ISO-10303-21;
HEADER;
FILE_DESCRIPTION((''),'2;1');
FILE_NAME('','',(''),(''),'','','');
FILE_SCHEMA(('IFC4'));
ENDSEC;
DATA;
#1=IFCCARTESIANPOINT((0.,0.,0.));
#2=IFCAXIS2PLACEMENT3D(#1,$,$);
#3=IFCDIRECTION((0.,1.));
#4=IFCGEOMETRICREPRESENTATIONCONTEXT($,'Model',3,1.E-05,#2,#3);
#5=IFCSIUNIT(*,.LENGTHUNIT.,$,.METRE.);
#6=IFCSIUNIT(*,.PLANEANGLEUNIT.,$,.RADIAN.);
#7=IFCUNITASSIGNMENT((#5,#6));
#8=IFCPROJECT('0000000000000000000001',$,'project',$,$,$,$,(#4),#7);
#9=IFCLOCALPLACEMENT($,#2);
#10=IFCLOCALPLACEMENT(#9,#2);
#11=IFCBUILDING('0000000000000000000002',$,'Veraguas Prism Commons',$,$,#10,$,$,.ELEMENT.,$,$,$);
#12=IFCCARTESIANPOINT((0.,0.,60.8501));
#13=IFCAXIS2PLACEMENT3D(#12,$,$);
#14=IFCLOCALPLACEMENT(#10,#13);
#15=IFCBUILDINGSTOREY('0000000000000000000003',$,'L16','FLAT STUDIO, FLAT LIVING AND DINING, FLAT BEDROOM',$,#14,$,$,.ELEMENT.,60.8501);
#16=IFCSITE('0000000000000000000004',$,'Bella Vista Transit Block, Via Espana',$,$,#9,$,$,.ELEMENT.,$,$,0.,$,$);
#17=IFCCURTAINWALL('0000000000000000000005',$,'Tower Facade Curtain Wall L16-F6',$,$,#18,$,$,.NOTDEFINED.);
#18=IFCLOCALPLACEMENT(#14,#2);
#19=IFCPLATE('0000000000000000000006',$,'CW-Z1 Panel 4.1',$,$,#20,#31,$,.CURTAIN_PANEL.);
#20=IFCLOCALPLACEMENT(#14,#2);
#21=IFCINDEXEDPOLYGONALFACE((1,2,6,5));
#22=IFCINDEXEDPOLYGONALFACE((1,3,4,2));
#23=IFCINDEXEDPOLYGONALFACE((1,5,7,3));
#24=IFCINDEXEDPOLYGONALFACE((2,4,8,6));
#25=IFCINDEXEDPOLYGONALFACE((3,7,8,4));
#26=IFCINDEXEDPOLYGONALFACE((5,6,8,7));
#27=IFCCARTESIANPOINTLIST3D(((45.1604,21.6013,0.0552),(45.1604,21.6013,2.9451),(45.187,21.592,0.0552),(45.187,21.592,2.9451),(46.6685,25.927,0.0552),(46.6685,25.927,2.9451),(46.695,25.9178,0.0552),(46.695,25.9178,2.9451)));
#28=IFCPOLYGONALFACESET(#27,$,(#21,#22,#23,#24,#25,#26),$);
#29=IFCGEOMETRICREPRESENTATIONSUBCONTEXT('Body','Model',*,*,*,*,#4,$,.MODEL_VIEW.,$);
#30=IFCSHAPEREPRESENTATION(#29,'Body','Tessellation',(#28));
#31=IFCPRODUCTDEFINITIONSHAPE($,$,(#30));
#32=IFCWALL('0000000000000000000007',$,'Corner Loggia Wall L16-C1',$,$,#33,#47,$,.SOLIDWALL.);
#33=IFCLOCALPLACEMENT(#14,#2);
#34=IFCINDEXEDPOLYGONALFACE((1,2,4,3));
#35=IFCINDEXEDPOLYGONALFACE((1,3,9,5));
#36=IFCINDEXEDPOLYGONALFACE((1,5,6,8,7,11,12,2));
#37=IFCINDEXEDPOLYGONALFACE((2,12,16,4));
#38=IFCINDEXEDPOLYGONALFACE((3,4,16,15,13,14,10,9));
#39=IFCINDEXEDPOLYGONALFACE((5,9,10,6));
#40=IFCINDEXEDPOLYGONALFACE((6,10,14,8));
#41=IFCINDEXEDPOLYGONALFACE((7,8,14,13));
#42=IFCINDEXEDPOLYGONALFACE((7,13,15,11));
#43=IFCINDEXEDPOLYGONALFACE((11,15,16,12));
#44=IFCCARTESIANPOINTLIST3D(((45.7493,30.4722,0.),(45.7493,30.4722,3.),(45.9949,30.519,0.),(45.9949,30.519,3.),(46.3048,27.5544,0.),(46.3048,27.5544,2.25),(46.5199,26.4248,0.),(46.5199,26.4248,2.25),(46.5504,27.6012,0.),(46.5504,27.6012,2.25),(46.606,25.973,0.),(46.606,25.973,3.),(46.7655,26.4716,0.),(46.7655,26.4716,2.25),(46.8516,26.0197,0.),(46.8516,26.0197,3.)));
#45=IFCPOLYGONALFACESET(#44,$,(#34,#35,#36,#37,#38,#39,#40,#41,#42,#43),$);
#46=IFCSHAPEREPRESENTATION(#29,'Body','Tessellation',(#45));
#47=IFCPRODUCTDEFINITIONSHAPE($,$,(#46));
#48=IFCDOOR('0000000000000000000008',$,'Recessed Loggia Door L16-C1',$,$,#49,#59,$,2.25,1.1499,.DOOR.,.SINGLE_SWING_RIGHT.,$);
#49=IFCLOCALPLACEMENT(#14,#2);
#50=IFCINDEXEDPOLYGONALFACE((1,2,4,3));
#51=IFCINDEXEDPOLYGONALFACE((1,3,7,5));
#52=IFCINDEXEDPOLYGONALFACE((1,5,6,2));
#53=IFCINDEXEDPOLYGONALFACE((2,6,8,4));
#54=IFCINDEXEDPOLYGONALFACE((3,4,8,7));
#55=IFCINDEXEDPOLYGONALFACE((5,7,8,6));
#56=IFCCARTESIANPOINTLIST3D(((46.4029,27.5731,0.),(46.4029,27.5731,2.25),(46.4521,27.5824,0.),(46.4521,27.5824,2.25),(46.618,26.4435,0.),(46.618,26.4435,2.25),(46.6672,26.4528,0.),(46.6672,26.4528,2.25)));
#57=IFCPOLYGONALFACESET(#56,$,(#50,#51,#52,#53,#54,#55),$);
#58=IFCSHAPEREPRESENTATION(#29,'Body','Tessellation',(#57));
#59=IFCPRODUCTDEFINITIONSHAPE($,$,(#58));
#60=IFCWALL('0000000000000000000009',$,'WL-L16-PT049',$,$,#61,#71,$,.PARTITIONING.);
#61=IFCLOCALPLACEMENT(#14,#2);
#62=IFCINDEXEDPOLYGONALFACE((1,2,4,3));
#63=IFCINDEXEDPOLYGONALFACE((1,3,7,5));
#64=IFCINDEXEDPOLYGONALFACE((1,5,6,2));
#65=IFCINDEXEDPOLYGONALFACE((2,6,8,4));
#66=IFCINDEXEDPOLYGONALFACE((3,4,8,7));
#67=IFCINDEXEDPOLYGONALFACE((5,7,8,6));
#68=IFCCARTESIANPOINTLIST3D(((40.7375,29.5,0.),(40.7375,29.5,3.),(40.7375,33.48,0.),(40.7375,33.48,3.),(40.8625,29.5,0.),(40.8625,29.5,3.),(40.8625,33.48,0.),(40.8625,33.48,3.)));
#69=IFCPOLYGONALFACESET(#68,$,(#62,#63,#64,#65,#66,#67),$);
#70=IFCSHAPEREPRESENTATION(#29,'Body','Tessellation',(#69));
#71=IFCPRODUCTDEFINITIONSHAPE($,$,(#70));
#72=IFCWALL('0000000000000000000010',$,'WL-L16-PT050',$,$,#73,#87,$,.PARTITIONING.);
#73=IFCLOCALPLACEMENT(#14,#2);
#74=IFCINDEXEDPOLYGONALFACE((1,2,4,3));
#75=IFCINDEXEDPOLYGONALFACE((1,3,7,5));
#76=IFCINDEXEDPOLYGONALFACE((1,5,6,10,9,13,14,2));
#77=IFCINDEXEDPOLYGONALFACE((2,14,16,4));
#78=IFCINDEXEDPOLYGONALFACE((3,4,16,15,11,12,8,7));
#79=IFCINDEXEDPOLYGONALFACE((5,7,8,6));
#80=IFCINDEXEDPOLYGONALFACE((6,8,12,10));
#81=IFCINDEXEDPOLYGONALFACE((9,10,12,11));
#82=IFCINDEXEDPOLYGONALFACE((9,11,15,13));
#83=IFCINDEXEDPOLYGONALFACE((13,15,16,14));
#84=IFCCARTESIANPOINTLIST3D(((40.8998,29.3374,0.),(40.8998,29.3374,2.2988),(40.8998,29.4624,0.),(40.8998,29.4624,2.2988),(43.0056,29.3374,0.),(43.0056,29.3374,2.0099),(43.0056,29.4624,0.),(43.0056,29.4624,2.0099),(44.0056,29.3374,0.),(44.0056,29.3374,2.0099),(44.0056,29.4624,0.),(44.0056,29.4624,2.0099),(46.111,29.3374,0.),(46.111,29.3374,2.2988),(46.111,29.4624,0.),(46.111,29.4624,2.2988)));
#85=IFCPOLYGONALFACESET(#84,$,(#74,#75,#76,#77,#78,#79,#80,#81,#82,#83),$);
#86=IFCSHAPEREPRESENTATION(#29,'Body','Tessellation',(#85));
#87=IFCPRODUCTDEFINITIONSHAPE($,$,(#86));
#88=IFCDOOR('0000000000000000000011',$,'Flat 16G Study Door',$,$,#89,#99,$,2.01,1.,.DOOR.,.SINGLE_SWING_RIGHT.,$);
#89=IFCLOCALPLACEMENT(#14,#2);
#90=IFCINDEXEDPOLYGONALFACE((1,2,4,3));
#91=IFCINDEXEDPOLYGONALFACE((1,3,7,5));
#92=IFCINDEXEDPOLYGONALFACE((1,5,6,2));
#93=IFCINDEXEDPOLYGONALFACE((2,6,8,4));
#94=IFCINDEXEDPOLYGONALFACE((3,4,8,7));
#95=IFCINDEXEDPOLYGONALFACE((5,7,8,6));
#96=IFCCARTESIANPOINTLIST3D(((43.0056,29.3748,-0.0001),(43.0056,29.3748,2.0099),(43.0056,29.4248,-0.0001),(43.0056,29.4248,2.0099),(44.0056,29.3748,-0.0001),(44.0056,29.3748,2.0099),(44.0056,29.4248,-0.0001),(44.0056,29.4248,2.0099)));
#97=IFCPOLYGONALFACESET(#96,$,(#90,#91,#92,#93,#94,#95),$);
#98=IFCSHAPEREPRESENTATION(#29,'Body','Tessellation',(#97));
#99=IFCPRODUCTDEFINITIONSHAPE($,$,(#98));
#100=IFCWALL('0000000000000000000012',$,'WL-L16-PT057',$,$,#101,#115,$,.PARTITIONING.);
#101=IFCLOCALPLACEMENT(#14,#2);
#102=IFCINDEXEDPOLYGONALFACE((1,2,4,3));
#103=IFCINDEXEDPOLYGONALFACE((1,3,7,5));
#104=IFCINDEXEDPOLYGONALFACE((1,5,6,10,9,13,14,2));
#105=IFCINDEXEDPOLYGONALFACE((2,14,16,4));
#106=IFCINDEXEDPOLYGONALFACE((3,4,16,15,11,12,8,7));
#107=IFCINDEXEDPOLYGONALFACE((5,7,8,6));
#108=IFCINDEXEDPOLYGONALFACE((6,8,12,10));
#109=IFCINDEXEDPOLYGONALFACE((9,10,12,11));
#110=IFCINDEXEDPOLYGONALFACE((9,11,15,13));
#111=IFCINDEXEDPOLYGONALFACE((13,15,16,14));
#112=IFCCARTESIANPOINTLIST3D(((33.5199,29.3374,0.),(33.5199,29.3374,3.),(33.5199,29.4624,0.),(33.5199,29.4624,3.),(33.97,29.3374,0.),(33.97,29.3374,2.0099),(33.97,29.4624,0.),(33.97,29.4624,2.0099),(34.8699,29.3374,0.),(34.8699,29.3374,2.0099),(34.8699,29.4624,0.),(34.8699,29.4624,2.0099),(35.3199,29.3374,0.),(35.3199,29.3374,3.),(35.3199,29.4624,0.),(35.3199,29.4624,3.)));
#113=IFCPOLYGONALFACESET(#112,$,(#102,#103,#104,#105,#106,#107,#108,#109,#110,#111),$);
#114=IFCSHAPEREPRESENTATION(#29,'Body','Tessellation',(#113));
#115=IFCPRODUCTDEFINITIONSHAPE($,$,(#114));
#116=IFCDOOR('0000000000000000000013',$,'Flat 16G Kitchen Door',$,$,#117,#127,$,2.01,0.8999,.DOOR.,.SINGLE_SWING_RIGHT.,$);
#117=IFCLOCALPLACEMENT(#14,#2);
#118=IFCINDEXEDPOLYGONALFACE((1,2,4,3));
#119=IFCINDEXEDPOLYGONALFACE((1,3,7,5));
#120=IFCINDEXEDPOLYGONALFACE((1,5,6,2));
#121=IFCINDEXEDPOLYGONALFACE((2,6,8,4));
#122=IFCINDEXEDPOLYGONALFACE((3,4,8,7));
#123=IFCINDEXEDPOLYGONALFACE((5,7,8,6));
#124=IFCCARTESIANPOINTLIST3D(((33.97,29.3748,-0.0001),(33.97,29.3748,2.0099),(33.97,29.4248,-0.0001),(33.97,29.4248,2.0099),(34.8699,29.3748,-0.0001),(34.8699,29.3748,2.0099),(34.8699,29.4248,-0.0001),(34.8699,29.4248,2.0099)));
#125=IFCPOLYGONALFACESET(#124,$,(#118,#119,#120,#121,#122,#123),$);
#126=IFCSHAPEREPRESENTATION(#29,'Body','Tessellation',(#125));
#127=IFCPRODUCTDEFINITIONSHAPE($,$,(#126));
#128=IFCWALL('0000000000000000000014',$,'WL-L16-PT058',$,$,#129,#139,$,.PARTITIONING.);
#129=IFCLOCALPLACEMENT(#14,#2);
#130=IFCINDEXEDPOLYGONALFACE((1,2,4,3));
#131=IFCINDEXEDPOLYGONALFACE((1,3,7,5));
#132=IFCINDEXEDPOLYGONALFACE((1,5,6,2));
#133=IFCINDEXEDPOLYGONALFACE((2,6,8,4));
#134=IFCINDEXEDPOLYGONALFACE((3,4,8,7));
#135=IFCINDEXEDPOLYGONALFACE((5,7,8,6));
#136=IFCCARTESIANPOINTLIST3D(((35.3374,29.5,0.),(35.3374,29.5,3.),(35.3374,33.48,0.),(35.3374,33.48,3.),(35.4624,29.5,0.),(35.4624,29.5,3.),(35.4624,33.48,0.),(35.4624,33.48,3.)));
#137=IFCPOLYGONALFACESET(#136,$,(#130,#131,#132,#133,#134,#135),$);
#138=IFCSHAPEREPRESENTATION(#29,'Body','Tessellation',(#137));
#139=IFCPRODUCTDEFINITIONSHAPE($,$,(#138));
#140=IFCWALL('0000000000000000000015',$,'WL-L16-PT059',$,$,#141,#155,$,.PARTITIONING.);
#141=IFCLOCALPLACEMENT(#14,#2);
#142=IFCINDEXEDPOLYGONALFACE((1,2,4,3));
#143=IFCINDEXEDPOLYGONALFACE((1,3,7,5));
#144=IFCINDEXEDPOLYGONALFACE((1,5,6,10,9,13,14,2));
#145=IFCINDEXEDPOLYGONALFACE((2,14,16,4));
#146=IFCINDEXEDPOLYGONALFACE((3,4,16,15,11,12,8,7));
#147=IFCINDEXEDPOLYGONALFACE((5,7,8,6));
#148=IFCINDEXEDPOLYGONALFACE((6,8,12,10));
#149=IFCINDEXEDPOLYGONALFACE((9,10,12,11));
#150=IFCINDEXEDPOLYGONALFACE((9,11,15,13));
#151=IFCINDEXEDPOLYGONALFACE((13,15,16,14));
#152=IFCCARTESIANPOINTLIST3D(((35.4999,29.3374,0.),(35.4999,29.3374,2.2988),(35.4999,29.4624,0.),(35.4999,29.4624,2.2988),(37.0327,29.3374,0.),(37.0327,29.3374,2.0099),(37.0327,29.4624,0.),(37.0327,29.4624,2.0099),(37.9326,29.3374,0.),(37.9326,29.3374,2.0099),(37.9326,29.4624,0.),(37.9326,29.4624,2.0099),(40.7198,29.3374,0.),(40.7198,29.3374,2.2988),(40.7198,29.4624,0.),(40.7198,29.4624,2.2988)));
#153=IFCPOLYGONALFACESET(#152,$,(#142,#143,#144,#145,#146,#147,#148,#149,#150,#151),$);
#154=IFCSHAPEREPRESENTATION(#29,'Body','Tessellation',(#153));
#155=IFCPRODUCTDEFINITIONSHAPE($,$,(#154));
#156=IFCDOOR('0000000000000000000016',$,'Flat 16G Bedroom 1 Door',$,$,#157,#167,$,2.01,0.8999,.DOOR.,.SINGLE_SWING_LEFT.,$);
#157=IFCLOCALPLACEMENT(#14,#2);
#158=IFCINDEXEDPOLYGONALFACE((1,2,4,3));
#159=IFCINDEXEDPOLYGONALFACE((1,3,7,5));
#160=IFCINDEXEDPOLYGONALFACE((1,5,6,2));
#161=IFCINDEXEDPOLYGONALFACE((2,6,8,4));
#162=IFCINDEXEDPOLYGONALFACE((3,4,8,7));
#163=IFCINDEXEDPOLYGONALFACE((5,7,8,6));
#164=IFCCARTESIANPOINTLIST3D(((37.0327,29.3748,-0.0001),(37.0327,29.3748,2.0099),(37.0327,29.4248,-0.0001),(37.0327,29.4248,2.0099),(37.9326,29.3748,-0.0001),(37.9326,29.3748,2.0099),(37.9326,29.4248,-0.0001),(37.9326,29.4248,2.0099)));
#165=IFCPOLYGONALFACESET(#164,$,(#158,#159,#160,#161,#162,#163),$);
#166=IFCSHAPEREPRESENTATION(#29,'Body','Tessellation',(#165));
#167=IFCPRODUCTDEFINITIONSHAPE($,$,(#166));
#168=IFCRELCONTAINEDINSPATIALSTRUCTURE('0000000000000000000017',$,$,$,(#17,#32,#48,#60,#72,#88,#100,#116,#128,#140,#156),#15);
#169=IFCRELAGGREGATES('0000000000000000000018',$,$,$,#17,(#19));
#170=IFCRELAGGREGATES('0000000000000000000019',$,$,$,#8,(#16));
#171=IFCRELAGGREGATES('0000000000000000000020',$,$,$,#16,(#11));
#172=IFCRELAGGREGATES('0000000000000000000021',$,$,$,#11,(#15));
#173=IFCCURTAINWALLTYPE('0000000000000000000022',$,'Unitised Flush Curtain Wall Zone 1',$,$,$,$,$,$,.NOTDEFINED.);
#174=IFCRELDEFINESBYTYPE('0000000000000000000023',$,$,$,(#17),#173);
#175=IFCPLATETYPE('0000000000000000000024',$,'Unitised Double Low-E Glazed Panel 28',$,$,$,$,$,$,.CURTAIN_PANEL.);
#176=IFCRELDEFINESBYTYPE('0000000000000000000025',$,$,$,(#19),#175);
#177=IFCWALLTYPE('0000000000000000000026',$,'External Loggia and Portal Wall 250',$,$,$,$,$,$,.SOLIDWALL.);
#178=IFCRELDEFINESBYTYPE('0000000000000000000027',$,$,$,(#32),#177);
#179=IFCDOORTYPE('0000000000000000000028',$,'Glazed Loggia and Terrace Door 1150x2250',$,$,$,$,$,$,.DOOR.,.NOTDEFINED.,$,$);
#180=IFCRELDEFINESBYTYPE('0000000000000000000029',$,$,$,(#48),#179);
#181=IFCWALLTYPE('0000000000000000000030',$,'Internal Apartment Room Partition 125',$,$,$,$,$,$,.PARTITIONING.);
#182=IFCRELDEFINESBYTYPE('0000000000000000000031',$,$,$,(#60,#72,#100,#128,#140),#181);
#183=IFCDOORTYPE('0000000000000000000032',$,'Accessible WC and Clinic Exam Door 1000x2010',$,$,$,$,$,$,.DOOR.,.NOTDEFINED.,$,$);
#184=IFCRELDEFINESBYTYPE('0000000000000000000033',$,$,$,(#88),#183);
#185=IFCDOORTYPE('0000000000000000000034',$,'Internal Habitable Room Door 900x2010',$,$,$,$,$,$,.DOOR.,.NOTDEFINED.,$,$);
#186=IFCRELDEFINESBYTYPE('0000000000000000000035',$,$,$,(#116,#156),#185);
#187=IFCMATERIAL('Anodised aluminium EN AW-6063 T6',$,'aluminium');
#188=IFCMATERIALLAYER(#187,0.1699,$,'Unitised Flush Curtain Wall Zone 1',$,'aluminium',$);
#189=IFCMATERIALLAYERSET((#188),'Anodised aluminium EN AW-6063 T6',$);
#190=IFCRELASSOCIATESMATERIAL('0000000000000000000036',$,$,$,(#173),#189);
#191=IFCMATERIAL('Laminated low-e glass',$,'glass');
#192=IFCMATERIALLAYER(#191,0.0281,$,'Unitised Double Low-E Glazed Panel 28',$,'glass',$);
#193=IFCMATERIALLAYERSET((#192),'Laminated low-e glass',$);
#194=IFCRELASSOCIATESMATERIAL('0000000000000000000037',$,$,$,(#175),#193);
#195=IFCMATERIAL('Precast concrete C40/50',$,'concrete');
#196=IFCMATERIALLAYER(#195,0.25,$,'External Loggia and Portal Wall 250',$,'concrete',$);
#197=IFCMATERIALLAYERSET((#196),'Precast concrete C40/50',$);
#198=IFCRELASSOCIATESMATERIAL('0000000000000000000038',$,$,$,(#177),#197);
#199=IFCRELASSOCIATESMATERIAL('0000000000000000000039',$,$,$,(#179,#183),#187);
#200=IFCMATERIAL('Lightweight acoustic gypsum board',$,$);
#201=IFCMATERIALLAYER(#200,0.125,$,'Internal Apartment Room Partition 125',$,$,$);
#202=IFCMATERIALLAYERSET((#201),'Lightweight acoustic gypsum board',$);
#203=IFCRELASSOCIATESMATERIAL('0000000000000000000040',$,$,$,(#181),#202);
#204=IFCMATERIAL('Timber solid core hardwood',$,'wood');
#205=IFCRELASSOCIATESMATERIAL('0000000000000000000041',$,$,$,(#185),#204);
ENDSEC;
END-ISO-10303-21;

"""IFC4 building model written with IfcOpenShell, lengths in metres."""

from ifc_helpers import new_model, si_unit, direction, frame, frame_2d, origin, origin_2d, place, context, subcontext, project, spatial, rectangle, extrude, source, transform, mapped, material, layer, layer_set, type_object, element, fill, aggregate, save


model = new_model("IFC4")

# Units and contexts
model_context = context("Model", 3, precision=1e-05, world=origin(), true_north=direction((0.0, 1.0)))
body_context = subcontext(model_context, "Body", "Model", "MODEL_VIEW")
ifc_project = project(units=[si_unit("LENGTHUNIT", "METRE"), si_unit("PLANEANGLEUNIT", "RADIAN")], contexts=[model_context])

# Site, building, storey
site_placement = place(None, origin())
site = spatial("IfcSite", under=ifc_project, at=site_placement, Name="Bella Vista Transit Block, Via Espana", CompositionType="ELEMENT", RefElevation=0.0)
building_placement = place(site_placement, origin())
building = spatial("IfcBuilding", under=site, at=building_placement, Name="Veraguas Prism Commons", CompositionType="ELEMENT")
storey_placement = place(building_placement, frame((0.0, 0.0, 60.8501)))
storey = spatial("IfcBuildingStorey", under=building, at=storey_placement, Name="L16", Description="FLAT STUDIO, FLAT LIVING AND DINING, FLAT BEDROOM", CompositionType="ELEMENT", Elevation=60.8501)

# Shared definitions
ifc_material_1 = material(Name="Anodised aluminium EN AW-6063 T6", Category="aluminium")
ifc_layer_1 = layer(ifc_material_1, 0.1699, Name="Unitised Flush Curtain Wall Zone 1", Category="aluminium")
ifc_layer_set_1 = layer_set([ifc_layer_1], Name="Anodised aluminium EN AW-6063 T6")
curtain_wall_type = type_object("IfcCurtainWallType", Name="Unitised Flush Curtain Wall Zone 1", PredefinedType="NOTDEFINED", material=ifc_layer_set_1)

# Curtain wall, plate
curtain_wall_1_placement = place(storey_placement, origin())
curtain_wall_1 = element("IfcCurtainWall", 1, at=curtain_wall_1_placement, inside=storey, type_object=curtain_wall_type, Name="Tower Facade Curtain Wall L16-F6", PredefinedType="NOTDEFINED")
ifc_material_2 = material(Name="Laminated low-e glass", Category="glass")
ifc_layer_2 = layer(ifc_material_2, 0.0281, Name="Unitised Double Low-E Glazed Panel 28", Category="glass")
ifc_layer_set_2 = layer_set([ifc_layer_2], Name="Laminated low-e glass")
plate_type = type_object("IfcPlateType", Name="Unitised Double Low-E Glazed Panel 28", PredefinedType="CURTAIN_PANEL", material=ifc_layer_set_2)
shared_shape_1 = source(origin(), body_context, "Body", "SweptSolid", [
    extrude(rectangle(XDim=4.5811, YDim=0.0281, at=origin_2d()), origin(), (0.0, 0.0, 1.0), 2.8899),
])
plate_placement = place(storey_placement, frame((45.9277, 23.7595, 0.0552), z_axis=(0.0, 0.0, 1.0), x_axis=(0.329195, 0.944262, 0.0)))
plate = element("IfcPlate", 2, at=plate_placement, type_object=plate_type, Name="CW-Z1 Panel 4.1", PredefinedType="CURTAIN_PANEL", context=body_context, shape_type="MappedRepresentation", body=[
    mapped(shared_shape_1, transform((0.0, 0.0, 0.0), scale=1.0)),
])
aggregate(curtain_wall_1, [plate])

# Wall, opening, door
ifc_material_3 = material(Name="Precast concrete C40/50", Category="concrete")
ifc_layer_3 = layer(ifc_material_3, 0.25, Name="External Loggia and Portal Wall 250", Category="concrete")
ifc_layer_set_3 = layer_set([ifc_layer_3], Name="Precast concrete C40/50")
wall_type_1 = type_object("IfcWallType", Name="External Loggia and Portal Wall 250", PredefinedType="SOLIDWALL", material=ifc_layer_set_3)
wall_1_placement = place(storey_placement, frame((46.7288, 25.9963, 0.0), z_axis=(0.0, 0.0, 1.0), x_axis=(-0.187046, 0.982351, 0.0)))
wall_1 = element("IfcWall", 3, at=wall_1_placement, inside=storey, type_object=wall_type_1, Name="Corner Loggia Wall L16-C1", PredefinedType="SOLIDWALL", context=body_context, shape_type="SweptSolid", body=[
    extrude(rectangle(XDim=4.5801, YDim=0.25, at=frame_2d((2.29, 0.0))), origin(), (0.0, 0.0, 1.0), 3.0),
])
opening_1_placement = place(wall_1_placement, frame((0.46, 0.0, 0.0)))
opening_1 = element("IfcOpeningElement", 4, at=opening_1_placement, cuts=wall_1, PredefinedType="OPENING", context=body_context, shape_type="SweptSolid", body=[
    extrude(rectangle(XDim=1.1499, YDim=2.25, at=frame_2d((0.575, 1.125))), frame((0.0, 0.135, 0.0), z_axis=(0.0, -1.0, 0.0), x_axis=(1.0, 0.0, 0.0)), (0.0, 0.0, 1.0), 0.27),
])
door_type_1 = type_object("IfcDoorType", Name="Glazed Loggia and Terrace Door 1150x2250", OperationType="NOTDEFINED", PredefinedType="DOOR", material=ifc_material_1)
shared_shape_2 = source(origin(), body_context, "Body", "SweptSolid", [
    extrude(rectangle(XDim=1.1499, YDim=2.25, at=frame_2d((0.575, 1.125))), frame((0.0, 0.0249, 0.0), z_axis=(0.0, -1.0, 0.0), x_axis=(1.0, 0.0, 0.0)), (0.0, 0.0, 1.0), 0.05),
])
door_1_placement = place(opening_1_placement, frame((1.1499, 0.0, 0.0), z_axis=(0.0, 0.0, 1.0), x_axis=(-1.0, 0.0, 0.0)))
door_1 = element("IfcDoor", 5, at=door_1_placement, inside=storey, type_object=door_type_1, Name="Recessed Loggia Door L16-C1", OperationType="SINGLE_SWING_RIGHT", OverallHeight=2.25, OverallWidth=1.1499, PredefinedType="DOOR", context=body_context, shape_type="MappedRepresentation", body=[
    mapped(shared_shape_2, transform((0.0, 0.0, 0.0), scale=1.0)),
])
fill(opening_1, door_1)

# Wall
ifc_material_4 = material(Name="Lightweight acoustic gypsum board")
ifc_layer_4 = layer(ifc_material_4, 0.125, Name="Internal Apartment Room Partition 125")
ifc_layer_set_4 = layer_set([ifc_layer_4], Name="Lightweight acoustic gypsum board")
wall_type_2 = type_object("IfcWallType", Name="Internal Apartment Room Partition 125", PredefinedType="PARTITIONING", material=ifc_layer_set_4)
wall_2_placement = place(storey_placement, frame((40.8, 29.5, 0.0), z_axis=(0.0, 0.0, 1.0), x_axis=(0.0, 1.0, 0.0)))
element("IfcWall", 6, at=wall_2_placement, inside=storey, type_object=wall_type_2, Name="WL-L16-PT049", PredefinedType="PARTITIONING", context=body_context, shape_type="SweptSolid", body=[
    extrude(rectangle(XDim=3.98, YDim=0.125, at=frame_2d((1.99, 0.0))), origin(), (0.0, 0.0, 1.0), 3.0),
])

# Walls, openings, doors
wall_3_placement = place(storey_placement, frame((40.8999, 29.3999, 0.0), z_axis=(0.0, 0.0, 1.0), x_axis=(1.0, 0.0, 0.0)))
wall_3 = element("IfcWall", 7, at=wall_3_placement, inside=storey, type_object=wall_type_2, Name="WL-L16-PT050", PredefinedType="PARTITIONING", context=body_context, shape_type="SweptSolid", body=[
    extrude(rectangle(XDim=5.2112, YDim=0.125, at=frame_2d((2.6055, 0.0))), origin(), (0.0, 0.0, 1.0), 2.2988),
])
opening_2_placement = place(wall_3_placement, frame((2.1057, 0.0, 0.0)))
opening_2 = element("IfcOpeningElement", 8, at=opening_2_placement, cuts=wall_3, PredefinedType="OPENING", context=body_context, shape_type="SweptSolid", body=[
    extrude(rectangle(XDim=1.0, YDim=2.01, at=frame_2d((0.5, 1.0049))), frame((0.0, 0.0725, 0.0), z_axis=(0.0, -1.0, 0.0), x_axis=(1.0, 0.0, 0.0)), (0.0, 0.0, 1.0), 0.145),
])
door_type_2 = type_object("IfcDoorType", Name="Accessible WC and Clinic Exam Door 1000x2010", OperationType="NOTDEFINED", PredefinedType="DOOR", material=ifc_material_1)
shared_shape_3 = source(origin(), body_context, "Body", "SweptSolid", [
    extrude(rectangle(XDim=1.0, YDim=2.01, at=frame_2d((0.5, 1.0049))), frame((0.0, 0.0249, 0.0), z_axis=(0.0, -1.0, 0.0), x_axis=(1.0, 0.0, 0.0)), (0.0, 0.0, 1.0), 0.05),
])
door_2_placement = place(opening_2_placement, origin())
door_2 = element("IfcDoor", 9, at=door_2_placement, inside=storey, type_object=door_type_2, Name="Flat 16G Study Door", OperationType="SINGLE_SWING_RIGHT", OverallHeight=2.01, OverallWidth=1.0, PredefinedType="DOOR", context=body_context, shape_type="MappedRepresentation", body=[
    mapped(shared_shape_3, transform((0.0, 0.0, 0.0), scale=1.0)),
])
fill(opening_2, door_2)
wall_4_placement = place(storey_placement, frame((33.52, 29.3999, 0.0), z_axis=(0.0, 0.0, 1.0), x_axis=(1.0, 0.0, 0.0)))
wall_4 = element("IfcWall", 10, at=wall_4_placement, inside=storey, type_object=wall_type_2, Name="WL-L16-PT057", PredefinedType="PARTITIONING", context=body_context, shape_type="SweptSolid", body=[
    extrude(rectangle(XDim=1.8, YDim=0.125, at=frame_2d((0.8999, 0.0))), origin(), (0.0, 0.0, 1.0), 3.0),
])
opening_3_placement = place(wall_4_placement, frame((0.45, 0.0, 0.0)))
opening_3 = element("IfcOpeningElement", 11, at=opening_3_placement, cuts=wall_4, PredefinedType="OPENING", context=body_context, shape_type="SweptSolid", body=[
    extrude(rectangle(XDim=0.8999, YDim=2.01, at=frame_2d((0.45, 1.0049))), frame((0.0, 0.0725, 0.0), z_axis=(0.0, -1.0, 0.0), x_axis=(1.0, 0.0, 0.0)), (0.0, 0.0, 1.0), 0.145),
])
ifc_material_5 = material(Name="Timber solid core hardwood", Category="wood")
door_type_3 = type_object("IfcDoorType", Name="Internal Habitable Room Door 900x2010", OperationType="NOTDEFINED", PredefinedType="DOOR", material=ifc_material_5)
shared_shape_4 = source(origin(), body_context, "Body", "SweptSolid", [
    extrude(rectangle(XDim=0.8999, YDim=2.01, at=frame_2d((0.45, 1.0049))), frame((0.0, 0.0249, 0.0), z_axis=(0.0, -1.0, 0.0), x_axis=(1.0, 0.0, 0.0)), (0.0, 0.0, 1.0), 0.05),
])
door_3_placement = place(opening_3_placement, origin())
door_3 = element("IfcDoor", 12, at=door_3_placement, inside=storey, type_object=door_type_3, Name="Flat 16G Kitchen Door", OperationType="SINGLE_SWING_RIGHT", OverallHeight=2.01, OverallWidth=0.8999, PredefinedType="DOOR", context=body_context, shape_type="MappedRepresentation", body=[
    mapped(shared_shape_4, transform((0.0, 0.0, 0.0), scale=1.0)),
])
fill(opening_3, door_3)

# Wall
wall_5_placement = place(storey_placement, frame((35.3999, 29.5, 0.0), z_axis=(0.0, 0.0, 1.0), x_axis=(0.0, 1.0, 0.0)))
element("IfcWall", 13, at=wall_5_placement, inside=storey, type_object=wall_type_2, Name="WL-L16-PT058", PredefinedType="PARTITIONING", context=body_context, shape_type="SweptSolid", body=[
    extrude(rectangle(XDim=3.98, YDim=0.125, at=frame_2d((1.99, 0.0))), origin(), (0.0, 0.0, 1.0), 3.0),
])

# Wall, opening, door
wall_6_placement = place(storey_placement, frame((35.5, 29.3999, 0.0), z_axis=(0.0, 0.0, 1.0), x_axis=(1.0, 0.0, 0.0)))
wall_6 = element("IfcWall", 14, at=wall_6_placement, inside=storey, type_object=wall_type_2, Name="WL-L16-PT059", PredefinedType="PARTITIONING", context=body_context, shape_type="SweptSolid", body=[
    extrude(rectangle(XDim=5.22, YDim=0.125, at=frame_2d((2.6099, 0.0))), origin(), (0.0, 0.0, 1.0), 2.2988),
])
opening_4_placement = place(wall_6_placement, frame((1.5327, 0.0, 0.0)))
opening_4 = element("IfcOpeningElement", 15, at=opening_4_placement, cuts=wall_6, PredefinedType="OPENING", context=body_context, shape_type="SweptSolid", body=[
    extrude(rectangle(XDim=0.8999, YDim=2.01, at=frame_2d((0.45, 1.0049))), frame((0.0, 0.0725, 0.0), z_axis=(0.0, -1.0, 0.0), x_axis=(1.0, 0.0, 0.0)), (0.0, 0.0, 1.0), 0.145),
])
door_4_placement = place(opening_4_placement, origin())
door_4 = element("IfcDoor", 16, at=door_4_placement, inside=storey, type_object=door_type_3, Name="Flat 16G Bedroom 1 Door", OperationType="SINGLE_SWING_LEFT", OverallHeight=2.01, OverallWidth=0.8999, PredefinedType="DOOR", context=body_context, shape_type="MappedRepresentation", body=[
    mapped(shared_shape_4, transform((0.0, 0.0, 0.0), scale=1.0)),
])
fill(opening_4, door_4)

save(model, "model.ifc")
